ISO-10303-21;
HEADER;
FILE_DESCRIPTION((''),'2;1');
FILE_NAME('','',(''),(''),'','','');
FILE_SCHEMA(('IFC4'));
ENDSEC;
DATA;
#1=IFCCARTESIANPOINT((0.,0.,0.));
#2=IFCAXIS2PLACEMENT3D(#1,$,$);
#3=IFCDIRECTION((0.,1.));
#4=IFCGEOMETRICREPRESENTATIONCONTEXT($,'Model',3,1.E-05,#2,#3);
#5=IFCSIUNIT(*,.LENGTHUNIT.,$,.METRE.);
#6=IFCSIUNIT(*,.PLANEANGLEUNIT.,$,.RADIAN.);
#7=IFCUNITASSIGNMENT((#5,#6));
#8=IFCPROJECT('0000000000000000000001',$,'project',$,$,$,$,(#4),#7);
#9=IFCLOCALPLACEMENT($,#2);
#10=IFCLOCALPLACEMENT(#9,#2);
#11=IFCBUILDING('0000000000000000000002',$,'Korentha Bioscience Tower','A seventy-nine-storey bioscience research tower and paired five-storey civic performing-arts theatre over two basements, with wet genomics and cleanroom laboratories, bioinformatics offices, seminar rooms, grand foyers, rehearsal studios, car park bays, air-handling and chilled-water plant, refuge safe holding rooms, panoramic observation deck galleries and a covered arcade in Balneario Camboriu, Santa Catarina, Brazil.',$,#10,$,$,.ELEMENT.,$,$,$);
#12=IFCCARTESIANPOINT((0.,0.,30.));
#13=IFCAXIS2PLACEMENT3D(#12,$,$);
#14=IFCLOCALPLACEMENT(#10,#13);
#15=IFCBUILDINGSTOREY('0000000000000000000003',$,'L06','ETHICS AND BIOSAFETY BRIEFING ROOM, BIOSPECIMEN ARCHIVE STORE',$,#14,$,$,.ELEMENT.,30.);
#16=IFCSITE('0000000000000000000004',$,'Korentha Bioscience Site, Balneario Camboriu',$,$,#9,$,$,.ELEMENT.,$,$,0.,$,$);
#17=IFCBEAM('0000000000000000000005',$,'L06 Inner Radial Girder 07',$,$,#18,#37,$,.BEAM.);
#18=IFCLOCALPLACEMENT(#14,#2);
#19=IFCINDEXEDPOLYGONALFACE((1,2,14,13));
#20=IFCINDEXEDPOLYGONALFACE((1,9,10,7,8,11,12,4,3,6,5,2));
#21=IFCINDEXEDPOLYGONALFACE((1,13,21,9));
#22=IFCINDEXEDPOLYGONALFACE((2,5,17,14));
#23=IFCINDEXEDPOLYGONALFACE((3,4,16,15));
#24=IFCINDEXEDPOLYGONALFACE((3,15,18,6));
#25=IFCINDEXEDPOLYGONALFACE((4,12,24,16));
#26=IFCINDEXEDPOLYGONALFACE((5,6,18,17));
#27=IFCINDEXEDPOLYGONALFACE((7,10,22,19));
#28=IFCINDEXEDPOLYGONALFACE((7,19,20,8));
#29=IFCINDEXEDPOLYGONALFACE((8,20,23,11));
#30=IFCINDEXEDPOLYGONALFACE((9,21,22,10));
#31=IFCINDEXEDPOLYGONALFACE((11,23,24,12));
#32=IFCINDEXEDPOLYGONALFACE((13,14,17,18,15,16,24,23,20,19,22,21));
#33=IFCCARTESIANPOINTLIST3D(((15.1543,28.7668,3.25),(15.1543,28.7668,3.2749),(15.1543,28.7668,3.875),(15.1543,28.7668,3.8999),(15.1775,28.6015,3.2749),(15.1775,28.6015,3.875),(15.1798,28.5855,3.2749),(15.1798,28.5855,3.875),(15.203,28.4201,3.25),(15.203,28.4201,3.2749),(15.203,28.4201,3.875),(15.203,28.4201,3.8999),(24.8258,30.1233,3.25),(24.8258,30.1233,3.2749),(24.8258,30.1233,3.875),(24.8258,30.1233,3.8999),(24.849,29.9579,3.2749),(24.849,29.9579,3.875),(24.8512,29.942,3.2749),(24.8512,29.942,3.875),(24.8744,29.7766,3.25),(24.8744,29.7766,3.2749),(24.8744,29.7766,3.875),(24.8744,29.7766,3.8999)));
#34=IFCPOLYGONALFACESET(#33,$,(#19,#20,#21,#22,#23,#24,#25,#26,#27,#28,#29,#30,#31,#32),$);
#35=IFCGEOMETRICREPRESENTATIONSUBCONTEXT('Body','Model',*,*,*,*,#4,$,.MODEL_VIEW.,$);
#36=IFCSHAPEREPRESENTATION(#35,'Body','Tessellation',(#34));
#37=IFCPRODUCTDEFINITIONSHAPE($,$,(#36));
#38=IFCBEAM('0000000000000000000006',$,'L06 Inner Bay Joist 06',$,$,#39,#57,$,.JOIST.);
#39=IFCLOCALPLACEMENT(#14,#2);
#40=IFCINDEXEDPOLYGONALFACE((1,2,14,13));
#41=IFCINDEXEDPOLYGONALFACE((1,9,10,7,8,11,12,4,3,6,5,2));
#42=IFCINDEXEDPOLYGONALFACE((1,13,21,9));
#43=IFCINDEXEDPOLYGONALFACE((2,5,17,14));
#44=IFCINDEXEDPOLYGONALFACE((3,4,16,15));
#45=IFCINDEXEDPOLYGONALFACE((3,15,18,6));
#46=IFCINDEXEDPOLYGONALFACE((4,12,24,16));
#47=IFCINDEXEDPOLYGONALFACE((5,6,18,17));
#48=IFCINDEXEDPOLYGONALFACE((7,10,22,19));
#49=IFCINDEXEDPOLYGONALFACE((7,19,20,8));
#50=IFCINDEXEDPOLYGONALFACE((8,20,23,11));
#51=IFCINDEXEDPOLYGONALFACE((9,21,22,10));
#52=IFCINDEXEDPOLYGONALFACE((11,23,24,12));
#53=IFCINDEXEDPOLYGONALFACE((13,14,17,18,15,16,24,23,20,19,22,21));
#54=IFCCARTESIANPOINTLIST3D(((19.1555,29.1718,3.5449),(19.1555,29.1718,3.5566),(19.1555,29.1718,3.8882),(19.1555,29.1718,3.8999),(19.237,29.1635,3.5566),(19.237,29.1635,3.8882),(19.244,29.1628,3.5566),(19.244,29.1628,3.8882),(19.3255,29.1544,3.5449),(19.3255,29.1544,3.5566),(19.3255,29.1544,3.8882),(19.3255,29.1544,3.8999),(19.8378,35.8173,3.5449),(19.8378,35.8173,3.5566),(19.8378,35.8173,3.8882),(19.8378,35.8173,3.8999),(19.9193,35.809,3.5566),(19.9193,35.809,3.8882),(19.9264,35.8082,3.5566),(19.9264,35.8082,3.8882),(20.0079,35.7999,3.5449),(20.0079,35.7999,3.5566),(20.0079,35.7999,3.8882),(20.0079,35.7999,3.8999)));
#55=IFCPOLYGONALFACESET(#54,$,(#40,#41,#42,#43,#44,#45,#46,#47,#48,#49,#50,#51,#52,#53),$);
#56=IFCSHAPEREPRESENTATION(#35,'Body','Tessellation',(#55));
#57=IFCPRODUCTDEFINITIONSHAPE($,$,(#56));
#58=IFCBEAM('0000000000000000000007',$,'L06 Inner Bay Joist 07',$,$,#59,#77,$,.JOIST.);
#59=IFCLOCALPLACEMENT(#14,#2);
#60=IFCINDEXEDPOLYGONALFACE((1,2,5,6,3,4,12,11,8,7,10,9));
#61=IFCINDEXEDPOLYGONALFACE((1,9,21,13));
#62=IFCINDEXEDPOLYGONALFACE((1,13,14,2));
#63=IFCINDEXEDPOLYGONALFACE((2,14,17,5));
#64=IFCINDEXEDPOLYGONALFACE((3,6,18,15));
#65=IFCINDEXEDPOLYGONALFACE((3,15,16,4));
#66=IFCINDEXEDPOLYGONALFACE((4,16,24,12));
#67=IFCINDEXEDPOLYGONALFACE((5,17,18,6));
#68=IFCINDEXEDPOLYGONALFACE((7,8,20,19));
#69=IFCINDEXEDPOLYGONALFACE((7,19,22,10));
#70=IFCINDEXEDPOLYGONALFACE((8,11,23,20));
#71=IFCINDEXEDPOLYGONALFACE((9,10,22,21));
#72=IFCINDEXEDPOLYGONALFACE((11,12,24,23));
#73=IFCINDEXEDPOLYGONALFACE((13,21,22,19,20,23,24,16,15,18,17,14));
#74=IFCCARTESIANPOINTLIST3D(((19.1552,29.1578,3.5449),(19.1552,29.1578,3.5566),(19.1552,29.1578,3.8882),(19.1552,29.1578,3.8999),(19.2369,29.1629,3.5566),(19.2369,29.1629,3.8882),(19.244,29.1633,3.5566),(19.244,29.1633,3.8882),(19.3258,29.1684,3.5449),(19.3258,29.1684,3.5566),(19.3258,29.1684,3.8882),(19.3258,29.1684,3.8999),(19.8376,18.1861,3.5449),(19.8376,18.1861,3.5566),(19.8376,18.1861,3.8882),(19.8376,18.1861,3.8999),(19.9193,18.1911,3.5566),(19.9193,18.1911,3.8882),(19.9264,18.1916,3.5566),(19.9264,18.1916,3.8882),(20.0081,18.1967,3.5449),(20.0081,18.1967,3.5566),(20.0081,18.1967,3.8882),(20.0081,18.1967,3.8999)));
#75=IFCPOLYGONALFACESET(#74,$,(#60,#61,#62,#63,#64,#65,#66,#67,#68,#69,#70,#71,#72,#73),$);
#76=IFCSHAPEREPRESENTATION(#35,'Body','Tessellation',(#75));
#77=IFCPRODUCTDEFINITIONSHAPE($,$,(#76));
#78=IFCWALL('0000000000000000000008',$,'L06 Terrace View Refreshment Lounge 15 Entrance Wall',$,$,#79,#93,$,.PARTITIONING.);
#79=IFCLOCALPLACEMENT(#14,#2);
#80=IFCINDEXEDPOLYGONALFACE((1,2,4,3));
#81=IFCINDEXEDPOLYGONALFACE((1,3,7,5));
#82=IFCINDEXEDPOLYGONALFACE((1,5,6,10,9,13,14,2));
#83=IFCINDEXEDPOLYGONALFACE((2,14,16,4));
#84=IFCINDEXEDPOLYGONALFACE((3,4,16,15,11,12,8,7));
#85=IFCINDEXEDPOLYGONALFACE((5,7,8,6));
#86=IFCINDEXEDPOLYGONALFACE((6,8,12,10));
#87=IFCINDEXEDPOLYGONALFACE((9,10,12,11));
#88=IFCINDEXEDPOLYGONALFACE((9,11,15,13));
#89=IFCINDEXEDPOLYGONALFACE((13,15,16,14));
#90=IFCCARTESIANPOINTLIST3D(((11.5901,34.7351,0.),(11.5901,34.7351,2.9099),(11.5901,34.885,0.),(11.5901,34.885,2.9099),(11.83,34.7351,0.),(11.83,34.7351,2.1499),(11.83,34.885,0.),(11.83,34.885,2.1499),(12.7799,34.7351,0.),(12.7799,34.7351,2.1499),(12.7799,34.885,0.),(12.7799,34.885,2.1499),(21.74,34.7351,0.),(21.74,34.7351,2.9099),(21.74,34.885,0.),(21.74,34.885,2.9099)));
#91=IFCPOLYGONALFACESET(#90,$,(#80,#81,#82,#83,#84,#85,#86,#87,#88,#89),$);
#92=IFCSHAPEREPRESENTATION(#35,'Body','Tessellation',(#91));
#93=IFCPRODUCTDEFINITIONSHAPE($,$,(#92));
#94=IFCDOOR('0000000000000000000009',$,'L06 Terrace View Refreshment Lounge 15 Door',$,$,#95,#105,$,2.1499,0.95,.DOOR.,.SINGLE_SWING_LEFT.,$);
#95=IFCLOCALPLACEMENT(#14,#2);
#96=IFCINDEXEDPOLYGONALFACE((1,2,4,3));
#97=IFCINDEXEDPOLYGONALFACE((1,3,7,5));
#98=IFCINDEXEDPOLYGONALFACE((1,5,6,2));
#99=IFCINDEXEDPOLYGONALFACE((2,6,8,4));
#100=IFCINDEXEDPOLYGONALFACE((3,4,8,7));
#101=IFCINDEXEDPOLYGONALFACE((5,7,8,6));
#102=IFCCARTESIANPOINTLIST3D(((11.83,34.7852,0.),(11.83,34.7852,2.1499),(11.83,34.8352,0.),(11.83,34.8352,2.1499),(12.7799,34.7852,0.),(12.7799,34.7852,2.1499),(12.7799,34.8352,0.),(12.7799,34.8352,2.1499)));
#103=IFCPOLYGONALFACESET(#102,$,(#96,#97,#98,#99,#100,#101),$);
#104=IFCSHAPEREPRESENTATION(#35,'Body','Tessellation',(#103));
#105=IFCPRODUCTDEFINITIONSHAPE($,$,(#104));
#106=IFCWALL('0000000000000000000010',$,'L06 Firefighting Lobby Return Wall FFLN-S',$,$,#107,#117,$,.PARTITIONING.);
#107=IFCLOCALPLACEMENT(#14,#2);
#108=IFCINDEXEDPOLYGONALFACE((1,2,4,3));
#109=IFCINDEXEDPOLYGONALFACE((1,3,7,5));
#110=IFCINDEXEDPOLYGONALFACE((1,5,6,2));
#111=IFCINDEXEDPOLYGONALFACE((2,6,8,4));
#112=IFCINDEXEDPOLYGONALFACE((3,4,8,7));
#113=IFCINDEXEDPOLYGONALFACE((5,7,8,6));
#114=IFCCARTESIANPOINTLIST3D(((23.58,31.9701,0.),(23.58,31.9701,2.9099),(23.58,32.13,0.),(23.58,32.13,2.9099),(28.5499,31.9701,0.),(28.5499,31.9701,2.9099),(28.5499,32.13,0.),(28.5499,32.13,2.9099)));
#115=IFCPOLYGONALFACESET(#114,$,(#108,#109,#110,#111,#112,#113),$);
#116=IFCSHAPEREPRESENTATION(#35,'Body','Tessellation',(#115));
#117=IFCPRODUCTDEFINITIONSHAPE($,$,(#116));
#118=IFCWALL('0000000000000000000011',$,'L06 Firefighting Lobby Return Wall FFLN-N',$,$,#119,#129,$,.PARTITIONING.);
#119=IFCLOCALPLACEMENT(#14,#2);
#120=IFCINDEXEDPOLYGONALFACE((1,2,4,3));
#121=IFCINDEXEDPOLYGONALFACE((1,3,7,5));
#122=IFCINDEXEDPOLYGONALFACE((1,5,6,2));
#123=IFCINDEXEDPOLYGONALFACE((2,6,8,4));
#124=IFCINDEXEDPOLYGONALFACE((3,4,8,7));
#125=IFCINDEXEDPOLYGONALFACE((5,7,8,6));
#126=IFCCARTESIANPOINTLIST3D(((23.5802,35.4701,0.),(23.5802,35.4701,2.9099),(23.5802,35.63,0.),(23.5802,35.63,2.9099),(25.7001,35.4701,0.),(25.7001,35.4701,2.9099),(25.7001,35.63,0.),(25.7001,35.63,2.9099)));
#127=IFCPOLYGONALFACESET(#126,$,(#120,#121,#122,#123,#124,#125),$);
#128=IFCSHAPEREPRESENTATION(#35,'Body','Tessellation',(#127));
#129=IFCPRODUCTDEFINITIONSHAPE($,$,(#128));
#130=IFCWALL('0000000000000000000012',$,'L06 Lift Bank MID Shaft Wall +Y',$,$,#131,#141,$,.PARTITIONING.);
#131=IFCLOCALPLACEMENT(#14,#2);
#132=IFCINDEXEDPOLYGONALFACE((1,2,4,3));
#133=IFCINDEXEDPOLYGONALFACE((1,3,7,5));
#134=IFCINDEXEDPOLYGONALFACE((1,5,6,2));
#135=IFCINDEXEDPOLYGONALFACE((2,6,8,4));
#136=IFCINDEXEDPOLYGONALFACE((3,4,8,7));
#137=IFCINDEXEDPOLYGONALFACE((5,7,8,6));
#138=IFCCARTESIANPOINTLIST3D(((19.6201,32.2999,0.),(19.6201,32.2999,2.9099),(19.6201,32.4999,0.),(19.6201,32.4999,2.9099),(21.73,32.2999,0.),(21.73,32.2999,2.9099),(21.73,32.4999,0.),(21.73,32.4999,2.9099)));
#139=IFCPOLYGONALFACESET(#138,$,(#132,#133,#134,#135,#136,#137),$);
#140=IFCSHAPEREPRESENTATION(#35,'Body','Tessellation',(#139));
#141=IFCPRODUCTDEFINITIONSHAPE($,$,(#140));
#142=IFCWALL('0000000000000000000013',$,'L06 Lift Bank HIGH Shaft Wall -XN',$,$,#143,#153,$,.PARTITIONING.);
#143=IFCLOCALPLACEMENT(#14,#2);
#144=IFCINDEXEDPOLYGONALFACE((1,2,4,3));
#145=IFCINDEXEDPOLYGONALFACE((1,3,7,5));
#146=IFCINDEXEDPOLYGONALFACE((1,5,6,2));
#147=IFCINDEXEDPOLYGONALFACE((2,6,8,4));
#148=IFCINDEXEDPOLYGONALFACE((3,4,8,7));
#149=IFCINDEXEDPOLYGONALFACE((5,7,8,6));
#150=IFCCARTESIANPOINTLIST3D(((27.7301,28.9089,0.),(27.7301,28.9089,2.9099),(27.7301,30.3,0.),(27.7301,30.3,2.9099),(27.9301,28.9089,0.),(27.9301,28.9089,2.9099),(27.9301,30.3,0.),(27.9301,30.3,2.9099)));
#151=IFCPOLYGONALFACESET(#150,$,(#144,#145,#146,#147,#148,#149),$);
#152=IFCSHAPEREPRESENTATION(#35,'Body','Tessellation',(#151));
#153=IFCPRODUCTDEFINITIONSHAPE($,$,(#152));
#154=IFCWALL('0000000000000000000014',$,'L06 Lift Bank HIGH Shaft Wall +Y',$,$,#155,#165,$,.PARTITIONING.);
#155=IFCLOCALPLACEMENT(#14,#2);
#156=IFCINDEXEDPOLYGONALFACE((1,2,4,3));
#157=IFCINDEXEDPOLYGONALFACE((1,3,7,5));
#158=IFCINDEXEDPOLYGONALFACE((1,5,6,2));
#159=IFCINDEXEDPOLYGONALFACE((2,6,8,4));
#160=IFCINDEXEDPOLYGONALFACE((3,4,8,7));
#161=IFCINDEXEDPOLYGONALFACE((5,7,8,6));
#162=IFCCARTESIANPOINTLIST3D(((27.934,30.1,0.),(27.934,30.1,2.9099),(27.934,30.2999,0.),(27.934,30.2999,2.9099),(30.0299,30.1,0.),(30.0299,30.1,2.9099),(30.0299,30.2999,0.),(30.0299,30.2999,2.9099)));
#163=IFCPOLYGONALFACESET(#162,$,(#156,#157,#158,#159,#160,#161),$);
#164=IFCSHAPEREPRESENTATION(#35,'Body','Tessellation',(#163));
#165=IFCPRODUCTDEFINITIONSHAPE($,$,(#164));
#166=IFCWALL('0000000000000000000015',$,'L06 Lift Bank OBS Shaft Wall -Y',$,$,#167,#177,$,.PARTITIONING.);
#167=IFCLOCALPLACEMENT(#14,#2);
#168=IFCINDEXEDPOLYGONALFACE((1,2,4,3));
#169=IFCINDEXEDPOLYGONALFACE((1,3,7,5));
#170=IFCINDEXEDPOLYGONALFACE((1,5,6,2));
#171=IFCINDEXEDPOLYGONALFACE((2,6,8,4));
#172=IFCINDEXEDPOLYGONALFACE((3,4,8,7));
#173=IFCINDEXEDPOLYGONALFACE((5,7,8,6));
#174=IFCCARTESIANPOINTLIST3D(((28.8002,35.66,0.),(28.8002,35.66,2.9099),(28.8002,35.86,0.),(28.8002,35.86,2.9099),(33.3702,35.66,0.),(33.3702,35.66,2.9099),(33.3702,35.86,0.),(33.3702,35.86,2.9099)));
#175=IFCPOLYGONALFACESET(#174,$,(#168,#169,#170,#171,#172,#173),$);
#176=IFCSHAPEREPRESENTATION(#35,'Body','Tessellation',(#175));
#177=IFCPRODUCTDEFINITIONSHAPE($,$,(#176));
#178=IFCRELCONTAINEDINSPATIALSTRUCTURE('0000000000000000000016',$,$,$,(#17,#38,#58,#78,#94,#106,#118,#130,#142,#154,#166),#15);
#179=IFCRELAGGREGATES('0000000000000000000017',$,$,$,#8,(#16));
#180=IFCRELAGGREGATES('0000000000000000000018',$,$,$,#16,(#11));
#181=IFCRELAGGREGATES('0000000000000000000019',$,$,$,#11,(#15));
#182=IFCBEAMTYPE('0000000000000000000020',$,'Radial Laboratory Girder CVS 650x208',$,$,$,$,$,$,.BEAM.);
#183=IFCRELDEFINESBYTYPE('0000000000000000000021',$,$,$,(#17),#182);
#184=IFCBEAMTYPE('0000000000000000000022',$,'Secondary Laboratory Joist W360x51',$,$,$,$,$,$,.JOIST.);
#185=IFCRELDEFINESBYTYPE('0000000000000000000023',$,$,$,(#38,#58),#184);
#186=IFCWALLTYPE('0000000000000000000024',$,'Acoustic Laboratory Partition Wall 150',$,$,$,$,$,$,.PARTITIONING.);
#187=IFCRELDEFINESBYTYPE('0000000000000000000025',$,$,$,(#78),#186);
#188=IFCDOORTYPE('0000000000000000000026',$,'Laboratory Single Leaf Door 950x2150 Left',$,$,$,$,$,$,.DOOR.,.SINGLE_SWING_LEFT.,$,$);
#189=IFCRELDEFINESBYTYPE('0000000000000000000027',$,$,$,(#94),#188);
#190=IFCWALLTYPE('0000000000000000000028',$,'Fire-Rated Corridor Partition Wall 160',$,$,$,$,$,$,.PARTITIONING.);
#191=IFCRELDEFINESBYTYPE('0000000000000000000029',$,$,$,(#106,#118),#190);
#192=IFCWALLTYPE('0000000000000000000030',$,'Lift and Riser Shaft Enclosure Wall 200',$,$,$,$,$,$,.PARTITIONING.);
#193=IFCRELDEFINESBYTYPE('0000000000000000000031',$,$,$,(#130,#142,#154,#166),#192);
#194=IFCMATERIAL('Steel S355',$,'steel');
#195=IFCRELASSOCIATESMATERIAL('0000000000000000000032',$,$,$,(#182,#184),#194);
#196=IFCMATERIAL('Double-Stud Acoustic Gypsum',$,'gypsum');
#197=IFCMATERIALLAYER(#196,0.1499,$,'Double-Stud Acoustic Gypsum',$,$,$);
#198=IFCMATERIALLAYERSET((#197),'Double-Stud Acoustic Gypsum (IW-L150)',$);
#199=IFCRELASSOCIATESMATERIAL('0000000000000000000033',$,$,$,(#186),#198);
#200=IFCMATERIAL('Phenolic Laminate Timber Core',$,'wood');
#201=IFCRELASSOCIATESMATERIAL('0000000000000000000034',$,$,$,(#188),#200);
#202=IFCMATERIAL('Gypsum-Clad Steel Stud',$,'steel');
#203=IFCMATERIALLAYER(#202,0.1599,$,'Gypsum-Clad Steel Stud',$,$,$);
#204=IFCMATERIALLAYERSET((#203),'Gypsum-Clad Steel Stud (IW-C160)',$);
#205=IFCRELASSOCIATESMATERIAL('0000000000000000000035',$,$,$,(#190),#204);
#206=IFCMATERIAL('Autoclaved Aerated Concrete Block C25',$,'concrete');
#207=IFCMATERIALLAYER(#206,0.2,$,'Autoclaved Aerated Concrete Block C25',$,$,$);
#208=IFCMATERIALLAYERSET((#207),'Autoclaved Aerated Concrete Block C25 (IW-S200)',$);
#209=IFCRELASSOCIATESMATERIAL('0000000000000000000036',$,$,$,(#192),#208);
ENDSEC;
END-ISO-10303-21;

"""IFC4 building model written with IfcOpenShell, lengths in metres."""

from ifc_helpers import new_model, si_unit, direction, frame, frame_2d, origin, origin_2d, place, context, subcontext, project, spatial, rectangle, i_section, extrude, material, layer, layer_set, material_profile, profile_set, type_object, element, fill, save


model = new_model("IFC4")

# Units and contexts
model_context = context("Model", 3, precision=1e-05, world=origin(), true_north=direction((0.0, 1.0)))
body_context = subcontext(model_context, "Body", "Model", "MODEL_VIEW")
ifc_project = project(units=[si_unit("LENGTHUNIT", "METRE"), si_unit("PLANEANGLEUNIT", "RADIAN")], contexts=[model_context])

# Site, building, storey
site_placement = place(None, origin())
site = spatial("IfcSite", under=ifc_project, at=site_placement, Name="Korentha Bioscience Site, Balneario Camboriu", CompositionType="ELEMENT", RefElevation=0.0)
building_placement = place(site_placement, origin())
building = spatial("IfcBuilding", under=site, at=building_placement, Name="Korentha Bioscience Tower", Description="A seventy-nine-storey bioscience research tower and paired five-storey civic performing-arts theatre over two basements, with wet genomics and cleanroom laboratories, bioinformatics offices, seminar rooms, grand foyers, rehearsal studios, car park bays, air-handling and chilled-water plant, refuge safe holding rooms, panoramic observation deck galleries and a covered arcade in Balneario Camboriu, Santa Catarina, Brazil.", CompositionType="ELEMENT")
storey_placement = place(building_placement, frame((0.0, 0.0, 30.0)))
storey = spatial("IfcBuildingStorey", under=building, at=storey_placement, Name="L06", Description="ETHICS AND BIOSAFETY BRIEFING ROOM, BIOSPECIMEN ARCHIVE STORE", CompositionType="ELEMENT", Elevation=30.0)

# Beams
ifc_material_1 = material(Name="Steel S355", Category="steel")
ifc_material_profile_1 = material_profile(ifc_material_1, i_section(OverallWidth=0.3501, OverallDepth=0.6499, WebThickness=0.0161, FlangeThickness=0.0249, at=origin_2d()), Name="Steel S355")
ifc_profile_set_1 = profile_set([ifc_material_profile_1], Name="Steel S355 (RB-650)")
beam_type_1 = type_object("IfcBeamType", Name="Radial Laboratory Girder CVS 650x208", PredefinedType="BEAM", material=ifc_profile_set_1)
beam_1_placement = place(storey_placement, frame((24.8501, 29.95, 3.575), z_axis=(-0.990307, -0.138894, 0.0), x_axis=(0.138894, -0.990307, 0.0)))
element("IfcBeam", 1, at=beam_1_placement, inside=storey, type_object=beam_type_1, Name="L06 Inner Radial Girder 07", PredefinedType="BEAM", context=body_context, shape_type="SweptSolid", body=[
    extrude(i_section(OverallWidth=0.3501, OverallDepth=0.6499, WebThickness=0.0161, FlangeThickness=0.0249, at=origin_2d()), origin(), (0.0, 0.0, 1.0), 9.7661),
])
ifc_material_profile_2 = material_profile(ifc_material_1, i_section(OverallWidth=0.1709, OverallDepth=0.355, WebThickness=0.0071, FlangeThickness=0.0117, at=origin_2d()), Name="Steel S355")
ifc_profile_set_2 = profile_set([ifc_material_profile_2], Name="Steel S355 (JB-360)")
beam_type_2 = type_object("IfcBeamType", Name="Secondary Laboratory Joist W360x51", PredefinedType="JOIST", material=ifc_profile_set_2)
beam_2_placement = place(storey_placement, frame((19.9229, 35.8086, 3.7224), z_axis=(-0.102145, -0.99477, 0.0), x_axis=(0.99477, -0.102145, 0.0)))
element("IfcBeam", 2, at=beam_2_placement, inside=storey, type_object=beam_type_2, Name="L06 Inner Bay Joist 06", PredefinedType="JOIST", context=body_context, shape_type="SweptSolid", body=[
    extrude(i_section(OverallWidth=0.1709, OverallDepth=0.355, WebThickness=0.0071, FlangeThickness=0.0117, at=origin_2d()), origin(), (0.0, 0.0, 1.0), 6.6804),
])
beam_3_placement = place(storey_placement, frame((19.2405, 29.1631, 3.7224), z_axis=(0.062074, -0.998072, 0.0), x_axis=(0.998072, 0.062074, 0.0)))
element("IfcBeam", 3, at=beam_3_placement, inside=storey, type_object=beam_type_2, Name="L06 Inner Bay Joist 07", PredefinedType="JOIST", context=body_context, shape_type="SweptSolid", body=[
    extrude(i_section(OverallWidth=0.1709, OverallDepth=0.355, WebThickness=0.0071, FlangeThickness=0.0117, at=origin_2d()), origin(), (0.0, 0.0, 1.0), 10.9929),
])

# Wall, opening, door
ifc_material_2 = material(Name="Double-Stud Acoustic Gypsum", Category="gypsum")
ifc_layer_1 = layer(ifc_material_2, 0.1499, Name="Double-Stud Acoustic Gypsum")
ifc_layer_set_1 = layer_set([ifc_layer_1], Name="Double-Stud Acoustic Gypsum (IW-L150)")
wall_type_1 = type_object("IfcWallType", Name="Acoustic Laboratory Partition Wall 150", PredefinedType="PARTITIONING", material=ifc_layer_set_1)
wall_1_placement = place(storey_placement, frame((21.74, 34.8101, 0.0), z_axis=(0.0, 0.0, 1.0), x_axis=(-1.0, 0.0, 0.0)))
wall_1 = element("IfcWall", 4, at=wall_1_placement, inside=storey, type_object=wall_type_1, Name="L06 Terrace View Refreshment Lounge 15 Entrance Wall", PredefinedType="PARTITIONING", context=body_context, shape_type="SweptSolid", body=[
    extrude(rectangle(XDim=10.1499, YDim=0.1499, at=frame_2d((5.075, 0.0))), origin(), (0.0, 0.0, 1.0), 2.9099),
])
opening_1_placement = place(wall_1_placement, frame((8.96, 0.0, 0.0)))
opening_1 = element("IfcOpeningElement", 5, at=opening_1_placement, cuts=wall_1, PredefinedType="OPENING", context=body_context, shape_type="SweptSolid", body=[
    extrude(rectangle(XDim=0.95, YDim=2.1499, at=frame_2d((0.4751, 1.075))), frame((0.0, 0.0898, 0.0), z_axis=(0.0, -1.0, 0.0), x_axis=(1.0, 0.0, 0.0)), (0.0, 0.0, 1.0), 0.1797),
])
ifc_material_3 = material(Name="Phenolic Laminate Timber Core", Category="wood")
door_type_1 = type_object("IfcDoorType", Name="Laboratory Single Leaf Door 950x2150 Left", OperationType="SINGLE_SWING_LEFT", PredefinedType="DOOR", material=ifc_material_3)
door_1_placement = place(opening_1_placement, origin())
door_1 = element("IfcDoor", 6, at=door_1_placement, inside=storey, type_object=door_type_1, Name="L06 Terrace View Refreshment Lounge 15 Door", OperationType="SINGLE_SWING_LEFT", OverallHeight=2.1499, OverallWidth=0.95, PredefinedType="DOOR", context=body_context, shape_type="SweptSolid", body=[
    extrude(rectangle(XDim=0.95, YDim=2.1499, at=frame_2d((0.4751, 1.075))), frame((0.0, 0.0249, 0.0), z_axis=(0.0, -1.0, 0.0), x_axis=(1.0, 0.0, 0.0)), (0.0, 0.0, 1.0), 0.05),
])
fill(opening_1, door_1)
ifc_material_4 = material(Name="Gypsum-Clad Steel Stud", Category="steel")
ifc_layer_2 = layer(ifc_material_4, 0.1599, Name="Gypsum-Clad Steel Stud")
ifc_layer_set_2 = layer_set([ifc_layer_2], Name="Gypsum-Clad Steel Stud (IW-C160)")
wall_type_2 = type_object("IfcWallType", Name="Fire-Rated Corridor Partition Wall 160", PredefinedType="PARTITIONING", material=ifc_layer_set_2)

# Walls
wall_2_placement = place(storey_placement, frame((23.5801, 32.05, 0.0), z_axis=(0.0, 0.0, 1.0), x_axis=(1.0, 0.0, 0.0)))
element("IfcWall", 7, at=wall_2_placement, inside=storey, type_object=wall_type_2, Name="L06 Firefighting Lobby Return Wall FFLN-S", PredefinedType="PARTITIONING", context=body_context, shape_type="SweptSolid", body=[
    extrude(rectangle(XDim=4.97, YDim=0.1599, at=frame_2d((2.4849, 0.0))), origin(), (0.0, 0.0, 1.0), 2.9099),
])
wall_3_placement = place(storey_placement, frame((23.5801, 35.55, 0.0), z_axis=(0.0, 0.0, 1.0), x_axis=(1.0, 0.0, 0.0)))
element("IfcWall", 8, at=wall_3_placement, inside=storey, type_object=wall_type_2, Name="L06 Firefighting Lobby Return Wall FFLN-N", PredefinedType="PARTITIONING", context=body_context, shape_type="SweptSolid", body=[
    extrude(rectangle(XDim=2.1199, YDim=0.1599, at=frame_2d((1.0601, 0.0))), origin(), (0.0, 0.0, 1.0), 2.9099),
])
ifc_material_5 = material(Name="Autoclaved Aerated Concrete Block C25", Category="concrete")
ifc_layer_3 = layer(ifc_material_5, 0.2, Name="Autoclaved Aerated Concrete Block C25")
ifc_layer_set_3 = layer_set([ifc_layer_3], Name="Autoclaved Aerated Concrete Block C25 (IW-S200)")
wall_type_3 = type_object("IfcWallType", Name="Lift and Riser Shaft Enclosure Wall 200", PredefinedType="PARTITIONING", material=ifc_layer_set_3)
wall_4_placement = place(storey_placement, frame((19.6201, 32.3999, 0.0), z_axis=(0.0, 0.0, 1.0), x_axis=(1.0, 0.0, 0.0)))
element("IfcWall", 9, at=wall_4_placement, inside=storey, type_object=wall_type_3, Name="L06 Lift Bank MID Shaft Wall +Y", PredefinedType="PARTITIONING", context=body_context, shape_type="SweptSolid", body=[
    extrude(rectangle(XDim=2.1099, YDim=0.2, at=frame_2d((1.0549, 0.0))), origin(), (0.0, 0.0, 1.0), 2.9099),
])
wall_5_placement = place(storey_placement, frame((27.8301, 28.9089, 0.0), z_axis=(0.0, 0.0, 1.0), x_axis=(0.0, 1.0, 0.0)))
element("IfcWall", 10, at=wall_5_placement, inside=storey, type_object=wall_type_3, Name="L06 Lift Bank HIGH Shaft Wall -XN", PredefinedType="PARTITIONING", context=body_context, shape_type="SweptSolid", body=[
    extrude(rectangle(XDim=1.3911, YDim=0.2, at=frame_2d((0.6956, 0.0))), origin(), (0.0, 0.0, 1.0), 2.9099),
])
wall_6_placement = place(storey_placement, frame((27.9341, 30.2, 0.0), z_axis=(0.0, 0.0, 1.0), x_axis=(1.0, 0.0, 0.0)))
element("IfcWall", 11, at=wall_6_placement, inside=storey, type_object=wall_type_3, Name="L06 Lift Bank HIGH Shaft Wall +Y", PredefinedType="PARTITIONING", context=body_context, shape_type="SweptSolid", body=[
    extrude(rectangle(XDim=2.0959, YDim=0.2, at=frame_2d((1.0479, 0.0))), origin(), (0.0, 0.0, 1.0), 2.9099),
])
wall_7_placement = place(storey_placement, frame((28.8, 35.76, 0.0), z_axis=(0.0, 0.0, 1.0), x_axis=(1.0, 0.0, 0.0)))
element("IfcWall", 12, at=wall_7_placement, inside=storey, type_object=wall_type_3, Name="L06 Lift Bank OBS Shaft Wall -Y", PredefinedType="PARTITIONING", context=body_context, shape_type="SweptSolid", body=[
    extrude(rectangle(XDim=4.5701, YDim=0.2, at=frame_2d((2.2852, 0.0))), origin(), (0.0, 0.0, 1.0), 2.9099),
])

save(model, "model.ifc")
